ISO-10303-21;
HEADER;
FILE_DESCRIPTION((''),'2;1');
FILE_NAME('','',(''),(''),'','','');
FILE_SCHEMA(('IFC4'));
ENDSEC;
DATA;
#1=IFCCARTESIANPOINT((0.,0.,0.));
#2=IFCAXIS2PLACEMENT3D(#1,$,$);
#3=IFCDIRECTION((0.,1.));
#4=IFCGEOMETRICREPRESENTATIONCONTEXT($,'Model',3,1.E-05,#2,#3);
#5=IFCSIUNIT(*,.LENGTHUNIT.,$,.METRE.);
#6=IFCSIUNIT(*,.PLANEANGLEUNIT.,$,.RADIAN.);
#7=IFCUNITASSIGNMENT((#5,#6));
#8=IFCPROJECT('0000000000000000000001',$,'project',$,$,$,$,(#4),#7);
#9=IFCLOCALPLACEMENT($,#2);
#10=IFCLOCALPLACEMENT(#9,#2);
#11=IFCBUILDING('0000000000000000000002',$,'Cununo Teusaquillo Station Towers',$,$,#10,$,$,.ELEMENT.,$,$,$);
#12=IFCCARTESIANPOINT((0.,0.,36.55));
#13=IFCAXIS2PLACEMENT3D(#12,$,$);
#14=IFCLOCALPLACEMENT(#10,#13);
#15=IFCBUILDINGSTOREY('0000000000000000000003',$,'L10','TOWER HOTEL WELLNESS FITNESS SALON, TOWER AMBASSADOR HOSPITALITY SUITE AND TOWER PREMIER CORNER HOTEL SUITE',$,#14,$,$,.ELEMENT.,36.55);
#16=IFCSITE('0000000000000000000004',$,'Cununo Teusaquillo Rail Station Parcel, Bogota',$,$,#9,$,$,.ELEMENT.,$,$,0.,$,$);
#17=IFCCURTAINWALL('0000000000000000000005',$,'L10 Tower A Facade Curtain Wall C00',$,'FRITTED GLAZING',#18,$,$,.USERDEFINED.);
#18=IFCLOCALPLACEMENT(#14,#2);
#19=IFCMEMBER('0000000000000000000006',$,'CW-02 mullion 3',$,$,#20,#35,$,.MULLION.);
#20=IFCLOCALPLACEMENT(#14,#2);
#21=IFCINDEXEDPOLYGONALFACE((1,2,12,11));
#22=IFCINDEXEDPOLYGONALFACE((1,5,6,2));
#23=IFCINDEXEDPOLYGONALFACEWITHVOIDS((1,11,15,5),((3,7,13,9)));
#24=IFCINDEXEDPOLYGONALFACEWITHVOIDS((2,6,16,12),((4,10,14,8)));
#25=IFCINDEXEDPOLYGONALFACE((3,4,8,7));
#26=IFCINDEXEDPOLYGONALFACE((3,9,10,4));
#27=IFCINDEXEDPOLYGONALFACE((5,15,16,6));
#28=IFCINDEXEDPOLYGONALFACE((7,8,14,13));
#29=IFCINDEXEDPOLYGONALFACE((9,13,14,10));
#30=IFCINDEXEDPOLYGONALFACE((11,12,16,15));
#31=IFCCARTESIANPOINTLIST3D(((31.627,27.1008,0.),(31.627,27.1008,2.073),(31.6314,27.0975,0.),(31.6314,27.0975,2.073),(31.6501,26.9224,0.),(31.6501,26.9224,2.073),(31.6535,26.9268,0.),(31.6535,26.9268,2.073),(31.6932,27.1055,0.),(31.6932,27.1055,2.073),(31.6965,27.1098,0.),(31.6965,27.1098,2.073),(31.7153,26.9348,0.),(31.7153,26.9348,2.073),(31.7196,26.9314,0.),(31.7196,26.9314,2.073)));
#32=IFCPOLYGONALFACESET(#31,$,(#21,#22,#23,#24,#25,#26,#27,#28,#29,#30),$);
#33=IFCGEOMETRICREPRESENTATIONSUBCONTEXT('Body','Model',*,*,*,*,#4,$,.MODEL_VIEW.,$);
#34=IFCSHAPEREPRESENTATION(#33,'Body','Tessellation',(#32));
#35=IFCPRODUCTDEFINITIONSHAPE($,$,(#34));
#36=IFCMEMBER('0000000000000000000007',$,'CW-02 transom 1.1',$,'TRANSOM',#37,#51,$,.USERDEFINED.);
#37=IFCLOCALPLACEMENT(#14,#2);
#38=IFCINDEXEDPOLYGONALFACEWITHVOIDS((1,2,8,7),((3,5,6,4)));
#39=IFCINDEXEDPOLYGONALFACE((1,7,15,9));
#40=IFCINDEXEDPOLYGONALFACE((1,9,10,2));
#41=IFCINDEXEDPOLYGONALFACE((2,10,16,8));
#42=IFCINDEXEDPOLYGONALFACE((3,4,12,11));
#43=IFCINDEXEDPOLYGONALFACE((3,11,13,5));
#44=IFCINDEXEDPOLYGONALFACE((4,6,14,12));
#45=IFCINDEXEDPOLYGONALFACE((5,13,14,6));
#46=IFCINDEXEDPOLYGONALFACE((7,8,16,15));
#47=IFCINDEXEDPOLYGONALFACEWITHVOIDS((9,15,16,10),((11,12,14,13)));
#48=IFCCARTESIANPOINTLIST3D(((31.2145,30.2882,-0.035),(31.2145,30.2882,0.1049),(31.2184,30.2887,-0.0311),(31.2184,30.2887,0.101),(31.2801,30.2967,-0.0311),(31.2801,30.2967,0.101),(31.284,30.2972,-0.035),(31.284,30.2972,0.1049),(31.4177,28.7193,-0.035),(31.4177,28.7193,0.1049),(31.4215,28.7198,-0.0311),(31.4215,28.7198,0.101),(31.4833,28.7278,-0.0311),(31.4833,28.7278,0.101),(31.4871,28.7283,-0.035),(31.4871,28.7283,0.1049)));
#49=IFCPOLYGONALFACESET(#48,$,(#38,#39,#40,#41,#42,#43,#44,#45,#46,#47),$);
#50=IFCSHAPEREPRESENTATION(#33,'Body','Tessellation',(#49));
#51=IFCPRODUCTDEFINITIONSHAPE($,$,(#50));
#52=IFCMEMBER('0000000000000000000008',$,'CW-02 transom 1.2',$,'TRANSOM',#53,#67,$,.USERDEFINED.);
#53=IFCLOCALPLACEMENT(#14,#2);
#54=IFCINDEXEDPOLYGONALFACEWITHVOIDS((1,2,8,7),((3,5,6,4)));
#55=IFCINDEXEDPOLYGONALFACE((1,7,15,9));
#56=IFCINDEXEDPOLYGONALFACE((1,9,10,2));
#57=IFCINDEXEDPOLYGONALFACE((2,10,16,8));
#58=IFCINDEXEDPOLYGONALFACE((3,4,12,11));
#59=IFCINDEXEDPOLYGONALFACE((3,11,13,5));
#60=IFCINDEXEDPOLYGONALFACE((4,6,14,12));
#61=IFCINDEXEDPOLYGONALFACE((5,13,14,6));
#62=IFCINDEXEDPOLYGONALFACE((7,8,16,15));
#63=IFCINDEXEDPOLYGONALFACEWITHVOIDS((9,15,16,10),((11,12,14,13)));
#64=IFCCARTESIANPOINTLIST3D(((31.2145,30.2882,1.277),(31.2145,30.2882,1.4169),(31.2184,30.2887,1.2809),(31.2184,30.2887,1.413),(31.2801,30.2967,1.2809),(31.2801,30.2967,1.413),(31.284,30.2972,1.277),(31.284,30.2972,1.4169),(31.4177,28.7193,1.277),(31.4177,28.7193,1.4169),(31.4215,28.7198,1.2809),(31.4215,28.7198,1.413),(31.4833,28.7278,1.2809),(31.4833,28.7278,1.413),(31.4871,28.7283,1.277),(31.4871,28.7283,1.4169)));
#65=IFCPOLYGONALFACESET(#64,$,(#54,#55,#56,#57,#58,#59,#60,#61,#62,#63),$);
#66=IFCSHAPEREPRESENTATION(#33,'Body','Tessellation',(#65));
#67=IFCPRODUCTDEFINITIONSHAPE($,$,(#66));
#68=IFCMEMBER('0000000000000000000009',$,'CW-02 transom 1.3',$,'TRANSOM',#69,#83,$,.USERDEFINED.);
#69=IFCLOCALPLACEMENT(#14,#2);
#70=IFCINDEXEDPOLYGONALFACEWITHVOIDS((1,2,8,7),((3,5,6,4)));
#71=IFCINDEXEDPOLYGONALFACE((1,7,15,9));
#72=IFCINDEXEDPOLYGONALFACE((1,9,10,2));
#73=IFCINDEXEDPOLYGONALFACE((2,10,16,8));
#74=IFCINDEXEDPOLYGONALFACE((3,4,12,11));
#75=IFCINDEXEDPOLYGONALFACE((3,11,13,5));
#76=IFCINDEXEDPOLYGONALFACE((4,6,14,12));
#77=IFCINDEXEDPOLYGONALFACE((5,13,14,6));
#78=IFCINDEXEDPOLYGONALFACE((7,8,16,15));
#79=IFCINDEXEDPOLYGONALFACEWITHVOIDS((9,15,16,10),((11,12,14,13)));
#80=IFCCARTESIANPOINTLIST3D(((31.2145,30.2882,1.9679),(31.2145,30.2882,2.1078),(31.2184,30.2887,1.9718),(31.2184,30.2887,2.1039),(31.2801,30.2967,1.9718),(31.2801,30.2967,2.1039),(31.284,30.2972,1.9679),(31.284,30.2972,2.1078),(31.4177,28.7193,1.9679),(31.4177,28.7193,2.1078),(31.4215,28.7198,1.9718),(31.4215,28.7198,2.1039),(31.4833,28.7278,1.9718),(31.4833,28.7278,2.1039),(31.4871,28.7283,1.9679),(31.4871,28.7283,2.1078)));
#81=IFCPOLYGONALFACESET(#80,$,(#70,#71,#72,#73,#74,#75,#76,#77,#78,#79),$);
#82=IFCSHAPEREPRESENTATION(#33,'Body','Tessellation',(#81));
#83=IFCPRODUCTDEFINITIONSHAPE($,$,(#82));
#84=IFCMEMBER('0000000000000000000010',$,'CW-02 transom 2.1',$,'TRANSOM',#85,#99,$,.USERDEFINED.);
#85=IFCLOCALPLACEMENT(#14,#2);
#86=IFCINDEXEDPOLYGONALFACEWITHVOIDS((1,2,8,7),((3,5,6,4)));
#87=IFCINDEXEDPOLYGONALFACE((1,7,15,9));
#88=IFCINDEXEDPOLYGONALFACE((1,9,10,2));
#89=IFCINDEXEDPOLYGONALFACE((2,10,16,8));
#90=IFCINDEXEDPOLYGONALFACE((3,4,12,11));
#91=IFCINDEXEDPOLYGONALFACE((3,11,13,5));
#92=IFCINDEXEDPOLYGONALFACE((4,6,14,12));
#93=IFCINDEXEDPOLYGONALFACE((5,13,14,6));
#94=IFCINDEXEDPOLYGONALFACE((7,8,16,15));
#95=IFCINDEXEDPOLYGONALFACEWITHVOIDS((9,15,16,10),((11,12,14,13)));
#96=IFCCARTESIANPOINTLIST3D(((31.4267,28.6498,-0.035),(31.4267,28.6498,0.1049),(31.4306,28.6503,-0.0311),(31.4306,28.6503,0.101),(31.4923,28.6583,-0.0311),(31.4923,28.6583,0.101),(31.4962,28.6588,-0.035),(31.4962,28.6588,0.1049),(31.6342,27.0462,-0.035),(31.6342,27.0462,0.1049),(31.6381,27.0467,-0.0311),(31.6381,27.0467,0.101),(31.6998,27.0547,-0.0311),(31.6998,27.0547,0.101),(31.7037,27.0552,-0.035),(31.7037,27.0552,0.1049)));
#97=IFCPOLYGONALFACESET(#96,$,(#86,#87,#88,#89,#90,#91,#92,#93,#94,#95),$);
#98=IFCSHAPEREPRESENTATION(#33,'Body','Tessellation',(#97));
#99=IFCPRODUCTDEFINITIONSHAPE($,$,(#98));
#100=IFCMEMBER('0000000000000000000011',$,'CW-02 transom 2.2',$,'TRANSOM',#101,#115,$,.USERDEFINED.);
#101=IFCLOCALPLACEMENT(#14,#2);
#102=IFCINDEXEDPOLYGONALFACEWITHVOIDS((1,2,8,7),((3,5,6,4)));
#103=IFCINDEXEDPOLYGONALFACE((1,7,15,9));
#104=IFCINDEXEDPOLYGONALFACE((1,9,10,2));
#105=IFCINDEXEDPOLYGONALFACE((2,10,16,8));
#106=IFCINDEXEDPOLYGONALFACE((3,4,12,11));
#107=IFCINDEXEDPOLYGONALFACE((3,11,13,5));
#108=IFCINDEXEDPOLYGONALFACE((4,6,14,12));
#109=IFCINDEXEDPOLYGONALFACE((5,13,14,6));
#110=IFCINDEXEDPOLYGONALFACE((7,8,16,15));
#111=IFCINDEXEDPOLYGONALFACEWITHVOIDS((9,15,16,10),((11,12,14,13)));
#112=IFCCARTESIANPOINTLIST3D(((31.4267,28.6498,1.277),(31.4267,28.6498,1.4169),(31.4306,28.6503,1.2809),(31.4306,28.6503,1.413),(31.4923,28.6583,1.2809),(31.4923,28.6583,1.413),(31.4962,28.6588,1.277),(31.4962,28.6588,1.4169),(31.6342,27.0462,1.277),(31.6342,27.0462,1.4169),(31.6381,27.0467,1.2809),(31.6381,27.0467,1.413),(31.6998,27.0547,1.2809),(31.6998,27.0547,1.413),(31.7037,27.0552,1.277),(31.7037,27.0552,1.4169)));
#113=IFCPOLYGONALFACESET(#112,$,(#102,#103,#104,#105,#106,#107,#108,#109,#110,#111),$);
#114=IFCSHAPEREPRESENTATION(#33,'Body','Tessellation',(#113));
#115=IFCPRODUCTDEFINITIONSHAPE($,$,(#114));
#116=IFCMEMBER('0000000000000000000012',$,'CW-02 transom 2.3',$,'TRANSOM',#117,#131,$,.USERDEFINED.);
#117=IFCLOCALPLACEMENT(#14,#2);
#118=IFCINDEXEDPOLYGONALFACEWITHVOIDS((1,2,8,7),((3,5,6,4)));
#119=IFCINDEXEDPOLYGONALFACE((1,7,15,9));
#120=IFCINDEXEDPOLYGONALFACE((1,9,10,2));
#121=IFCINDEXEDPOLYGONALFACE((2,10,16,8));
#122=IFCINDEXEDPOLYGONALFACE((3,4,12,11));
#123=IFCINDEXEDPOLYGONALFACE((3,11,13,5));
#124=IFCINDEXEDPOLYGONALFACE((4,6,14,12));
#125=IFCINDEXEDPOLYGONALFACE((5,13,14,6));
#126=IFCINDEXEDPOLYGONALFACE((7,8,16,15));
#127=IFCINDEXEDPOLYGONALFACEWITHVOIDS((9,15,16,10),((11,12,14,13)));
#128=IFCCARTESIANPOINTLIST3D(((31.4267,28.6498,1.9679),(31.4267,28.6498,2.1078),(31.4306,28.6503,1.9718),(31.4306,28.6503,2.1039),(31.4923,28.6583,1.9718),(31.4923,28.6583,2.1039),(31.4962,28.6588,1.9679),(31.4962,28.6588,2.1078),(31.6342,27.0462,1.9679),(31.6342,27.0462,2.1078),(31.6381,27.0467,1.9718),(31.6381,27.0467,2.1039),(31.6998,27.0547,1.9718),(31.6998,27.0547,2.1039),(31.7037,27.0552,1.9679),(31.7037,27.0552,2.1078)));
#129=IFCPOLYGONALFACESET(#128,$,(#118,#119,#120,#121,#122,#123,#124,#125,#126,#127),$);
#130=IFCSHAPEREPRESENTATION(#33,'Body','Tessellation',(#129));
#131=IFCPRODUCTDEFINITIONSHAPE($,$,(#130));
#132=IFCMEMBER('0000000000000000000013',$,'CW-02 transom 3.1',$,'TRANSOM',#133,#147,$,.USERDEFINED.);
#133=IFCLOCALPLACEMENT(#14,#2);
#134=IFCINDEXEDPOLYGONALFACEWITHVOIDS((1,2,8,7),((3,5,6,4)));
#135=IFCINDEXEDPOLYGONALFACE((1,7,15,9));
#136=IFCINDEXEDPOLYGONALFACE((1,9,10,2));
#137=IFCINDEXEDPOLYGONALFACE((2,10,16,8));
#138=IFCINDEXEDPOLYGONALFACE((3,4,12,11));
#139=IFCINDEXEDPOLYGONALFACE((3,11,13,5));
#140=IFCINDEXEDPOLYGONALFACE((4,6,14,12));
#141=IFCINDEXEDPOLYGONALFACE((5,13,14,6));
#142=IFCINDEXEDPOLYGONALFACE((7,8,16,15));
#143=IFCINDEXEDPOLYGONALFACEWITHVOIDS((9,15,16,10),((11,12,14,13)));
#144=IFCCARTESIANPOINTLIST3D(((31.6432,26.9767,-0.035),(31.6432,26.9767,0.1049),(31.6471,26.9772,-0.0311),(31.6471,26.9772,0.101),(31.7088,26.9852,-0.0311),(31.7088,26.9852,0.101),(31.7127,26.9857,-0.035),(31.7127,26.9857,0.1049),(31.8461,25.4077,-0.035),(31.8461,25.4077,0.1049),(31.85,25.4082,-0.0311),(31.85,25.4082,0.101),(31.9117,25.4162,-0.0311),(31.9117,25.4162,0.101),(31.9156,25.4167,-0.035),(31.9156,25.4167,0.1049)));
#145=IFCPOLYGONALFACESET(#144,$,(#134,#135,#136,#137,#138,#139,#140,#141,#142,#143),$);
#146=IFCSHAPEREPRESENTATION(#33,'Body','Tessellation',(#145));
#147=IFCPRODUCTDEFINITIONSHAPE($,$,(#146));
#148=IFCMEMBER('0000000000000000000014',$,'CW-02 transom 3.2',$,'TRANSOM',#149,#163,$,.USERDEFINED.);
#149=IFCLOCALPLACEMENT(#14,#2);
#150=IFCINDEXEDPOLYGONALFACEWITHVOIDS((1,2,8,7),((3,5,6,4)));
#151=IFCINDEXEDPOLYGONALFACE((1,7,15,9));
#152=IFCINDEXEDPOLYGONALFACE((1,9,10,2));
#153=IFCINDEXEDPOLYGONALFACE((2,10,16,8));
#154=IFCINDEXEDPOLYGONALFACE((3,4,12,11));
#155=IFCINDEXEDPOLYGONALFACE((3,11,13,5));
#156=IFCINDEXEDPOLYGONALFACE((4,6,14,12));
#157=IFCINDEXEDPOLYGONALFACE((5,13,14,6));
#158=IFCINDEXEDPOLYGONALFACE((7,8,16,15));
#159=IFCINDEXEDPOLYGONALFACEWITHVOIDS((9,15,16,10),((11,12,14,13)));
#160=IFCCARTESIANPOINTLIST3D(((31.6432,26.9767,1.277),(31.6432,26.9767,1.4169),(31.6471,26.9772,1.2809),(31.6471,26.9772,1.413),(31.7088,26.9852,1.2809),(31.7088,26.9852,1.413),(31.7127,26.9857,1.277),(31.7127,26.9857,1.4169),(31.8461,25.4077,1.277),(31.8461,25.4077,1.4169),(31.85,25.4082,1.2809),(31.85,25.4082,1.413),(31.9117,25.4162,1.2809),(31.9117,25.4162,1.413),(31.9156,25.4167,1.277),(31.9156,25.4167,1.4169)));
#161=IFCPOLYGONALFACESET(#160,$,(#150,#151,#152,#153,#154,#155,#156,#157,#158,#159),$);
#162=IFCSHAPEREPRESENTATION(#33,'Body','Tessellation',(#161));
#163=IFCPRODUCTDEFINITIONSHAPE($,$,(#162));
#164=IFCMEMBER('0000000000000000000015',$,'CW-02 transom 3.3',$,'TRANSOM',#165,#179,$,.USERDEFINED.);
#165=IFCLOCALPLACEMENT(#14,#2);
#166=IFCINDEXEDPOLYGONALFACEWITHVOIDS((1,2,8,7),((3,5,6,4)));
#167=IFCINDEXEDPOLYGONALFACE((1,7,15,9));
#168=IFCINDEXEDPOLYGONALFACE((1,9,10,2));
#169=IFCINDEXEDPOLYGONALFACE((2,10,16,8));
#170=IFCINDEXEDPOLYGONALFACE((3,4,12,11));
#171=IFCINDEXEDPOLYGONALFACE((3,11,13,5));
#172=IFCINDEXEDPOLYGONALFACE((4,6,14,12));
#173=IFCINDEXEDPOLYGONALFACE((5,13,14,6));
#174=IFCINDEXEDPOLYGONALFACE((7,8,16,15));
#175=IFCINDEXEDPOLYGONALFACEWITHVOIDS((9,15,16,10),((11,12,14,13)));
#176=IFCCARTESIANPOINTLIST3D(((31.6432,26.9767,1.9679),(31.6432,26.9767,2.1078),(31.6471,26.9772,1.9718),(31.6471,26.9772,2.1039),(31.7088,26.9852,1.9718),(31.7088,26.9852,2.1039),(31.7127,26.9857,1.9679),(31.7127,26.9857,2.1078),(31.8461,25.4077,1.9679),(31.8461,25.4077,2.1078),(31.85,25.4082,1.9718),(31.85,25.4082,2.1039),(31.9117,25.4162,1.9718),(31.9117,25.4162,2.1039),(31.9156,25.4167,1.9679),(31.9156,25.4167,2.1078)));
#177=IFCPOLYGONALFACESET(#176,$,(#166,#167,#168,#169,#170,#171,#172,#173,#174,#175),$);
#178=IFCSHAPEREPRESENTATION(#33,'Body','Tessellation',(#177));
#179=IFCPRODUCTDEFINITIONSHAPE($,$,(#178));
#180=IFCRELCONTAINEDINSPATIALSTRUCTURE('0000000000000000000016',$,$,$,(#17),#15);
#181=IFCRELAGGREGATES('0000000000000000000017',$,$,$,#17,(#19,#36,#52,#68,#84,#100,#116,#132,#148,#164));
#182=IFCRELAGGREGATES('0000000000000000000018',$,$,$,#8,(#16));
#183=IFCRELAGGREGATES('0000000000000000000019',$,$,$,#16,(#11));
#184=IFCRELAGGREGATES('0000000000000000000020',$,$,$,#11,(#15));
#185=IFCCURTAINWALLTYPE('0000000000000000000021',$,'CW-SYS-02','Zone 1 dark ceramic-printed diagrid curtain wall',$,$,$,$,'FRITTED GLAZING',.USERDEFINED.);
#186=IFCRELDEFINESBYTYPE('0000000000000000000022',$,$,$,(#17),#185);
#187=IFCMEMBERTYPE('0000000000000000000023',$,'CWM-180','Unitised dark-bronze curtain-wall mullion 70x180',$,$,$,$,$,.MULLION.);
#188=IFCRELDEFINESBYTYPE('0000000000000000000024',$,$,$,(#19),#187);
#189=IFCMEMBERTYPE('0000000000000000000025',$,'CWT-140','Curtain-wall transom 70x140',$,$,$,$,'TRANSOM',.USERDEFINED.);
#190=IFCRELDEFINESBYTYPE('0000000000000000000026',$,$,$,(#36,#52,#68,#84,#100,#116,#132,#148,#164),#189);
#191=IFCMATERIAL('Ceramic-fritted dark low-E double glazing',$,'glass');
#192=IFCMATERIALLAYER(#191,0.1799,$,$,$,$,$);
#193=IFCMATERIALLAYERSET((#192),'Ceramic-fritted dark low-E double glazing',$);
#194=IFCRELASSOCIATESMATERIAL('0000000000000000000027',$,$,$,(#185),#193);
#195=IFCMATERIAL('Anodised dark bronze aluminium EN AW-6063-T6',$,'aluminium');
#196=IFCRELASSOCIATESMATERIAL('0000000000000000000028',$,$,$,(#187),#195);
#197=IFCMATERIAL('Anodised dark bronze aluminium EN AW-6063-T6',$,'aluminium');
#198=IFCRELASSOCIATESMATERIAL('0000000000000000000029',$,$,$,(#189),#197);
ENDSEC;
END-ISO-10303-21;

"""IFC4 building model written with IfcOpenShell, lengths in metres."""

from ifc_helpers import new_model, si_unit, direction, frame, origin, origin_2d, place, context, subcontext, project, spatial, hollow_rectangle, extrude, material, layer, layer_set, material_profile, profile_set, type_object, element, aggregate, save


model = new_model("IFC4")

# Units and contexts
model_context = context("Model", 3, precision=1e-05, world=origin(), true_north=direction((0.0, 1.0)))
body_context = subcontext(model_context, "Body", "Model", "MODEL_VIEW")
ifc_project = project(units=[si_unit("LENGTHUNIT", "METRE"), si_unit("PLANEANGLEUNIT", "RADIAN")], contexts=[model_context])

# Site, building, storey
site_placement = place(None, origin())
site = spatial("IfcSite", under=ifc_project, at=site_placement, Name="Cununo Teusaquillo Rail Station Parcel, Bogota", CompositionType="ELEMENT", RefElevation=0.0)
building_placement = place(site_placement, origin())
building = spatial("IfcBuilding", under=site, at=building_placement, Name="Cununo Teusaquillo Station Towers", CompositionType="ELEMENT")
storey_placement = place(building_placement, frame((0.0, 0.0, 36.55)))
storey = spatial("IfcBuildingStorey", under=building, at=storey_placement, Name="L10", Description="TOWER HOTEL WELLNESS FITNESS SALON, TOWER AMBASSADOR HOSPITALITY SUITE AND TOWER PREMIER CORNER HOTEL SUITE", CompositionType="ELEMENT", Elevation=36.55)

# Curtain wall, members
ifc_material_1 = material(Name="Ceramic-fritted dark low-E double glazing", Category="glass")
ifc_layer_1 = layer(ifc_material_1, 0.1799)
ifc_layer_set_1 = layer_set([ifc_layer_1], Name="Ceramic-fritted dark low-E double glazing")
curtain_wall_type = type_object("IfcCurtainWallType", Name="CW-SYS-02", Description="Zone 1 dark ceramic-printed diagrid curtain wall", ElementType="FRITTED GLAZING", PredefinedType="USERDEFINED", material=ifc_layer_set_1)
curtain_wall_placement = place(storey_placement, origin())
curtain_wall = element("IfcCurtainWall", 1, at=curtain_wall_placement, inside=storey, type_object=curtain_wall_type, Name="L10 Tower A Facade Curtain Wall C00", ObjectType="FRITTED GLAZING", PredefinedType="USERDEFINED")
ifc_material_2 = material(Name="Anodised dark bronze aluminium EN AW-6063-T6", Category="aluminium")
ifc_material_profile_1 = material_profile(ifc_material_2, hollow_rectangle(XDim=0.0701, YDim=0.1799, WallThickness=0.0039, at=origin_2d()), Name="CW-MULL-70x180")
ifc_profile_set_1 = profile_set([ifc_material_profile_1], Name="Anodised dark bronze aluminium EN AW-6063-T6")
member_type_1 = type_object("IfcMemberType", Name="CWM-180", Description="Unitised dark-bronze curtain-wall mullion 70x180", PredefinedType="MULLION", material=ifc_profile_set_1)
member_1_placement = place(storey_placement, frame((31.6733, 27.0161, 0.0), z_axis=(0.0, 0.0, 1.0), x_axis=(0.991731, 0.128336, 0.0)))
member_1 = element("IfcMember", 2, at=member_1_placement, type_object=member_type_1, Name="CW-02 mullion 3", PredefinedType="MULLION", context=body_context, shape_type="SweptSolid", body=[
    extrude(hollow_rectangle(XDim=0.0701, YDim=0.1799, WallThickness=0.0039, at=origin_2d()), origin(), (0.0, 0.0, 1.0), 2.073),
])
ifc_material_3 = material(Name="Anodised dark bronze aluminium EN AW-6063-T6", Category="aluminium")
ifc_material_profile_2 = material_profile(ifc_material_3, hollow_rectangle(XDim=0.0701, YDim=0.1399, WallThickness=0.0039, at=origin_2d()), Name="CW-TRAN-70x140")
ifc_profile_set_2 = profile_set([ifc_material_profile_2], Name="Anodised dark bronze aluminium EN AW-6063-T6")
member_type_2 = type_object("IfcMemberType", Name="CWT-140", Description="Curtain-wall transom 70x140", ElementType="TRANSOM", PredefinedType="USERDEFINED", material=ifc_profile_set_2)
member_2_placement = place(storey_placement, frame((31.2493, 30.2927, 0.0349), z_axis=(0.128402, -0.991722, 0.0), x_axis=(0.991722, 0.128402, 0.0)))
member_2 = element("IfcMember", 3, at=member_2_placement, type_object=member_type_2, Name="CW-02 transom 1.1", ObjectType="TRANSOM", PredefinedType="USERDEFINED", context=body_context, shape_type="SweptSolid", body=[
    extrude(hollow_rectangle(XDim=0.0701, YDim=0.1399, WallThickness=0.0039, at=origin_2d()), origin(), (0.0, 0.0, 1.0), 1.582),
])
member_3_placement = place(storey_placement, frame((31.2493, 30.2927, 1.3469), z_axis=(0.128402, -0.991722, 0.0), x_axis=(0.991722, 0.128402, 0.0)))
member_3 = element("IfcMember", 4, at=member_3_placement, type_object=member_type_2, Name="CW-02 transom 1.2", ObjectType="TRANSOM", PredefinedType="USERDEFINED", context=body_context, shape_type="SweptSolid", body=[
    extrude(hollow_rectangle(XDim=0.0701, YDim=0.1399, WallThickness=0.0039, at=origin_2d()), origin(), (0.0, 0.0, 1.0), 1.582),
])
member_4_placement = place(storey_placement, frame((31.2493, 30.2927, 2.0378), z_axis=(0.128402, -0.991722, 0.0), x_axis=(0.991722, 0.128402, 0.0)))
member_4 = element("IfcMember", 5, at=member_4_placement, type_object=member_type_2, Name="CW-02 transom 1.3", ObjectType="TRANSOM", PredefinedType="USERDEFINED", context=body_context, shape_type="SweptSolid", body=[
    extrude(hollow_rectangle(XDim=0.0701, YDim=0.1399, WallThickness=0.0039, at=origin_2d()), origin(), (0.0, 0.0, 1.0), 1.582),
])
member_5_placement = place(storey_placement, frame((31.4614, 28.6543, 0.0349), z_axis=(0.128345, -0.99173, 0.0), x_axis=(0.99173, 0.128345, 0.0)))
member_5 = element("IfcMember", 6, at=member_5_placement, type_object=member_type_2, Name="CW-02 transom 2.1", ObjectType="TRANSOM", PredefinedType="USERDEFINED", context=body_context, shape_type="SweptSolid", body=[
    extrude(hollow_rectangle(XDim=0.0701, YDim=0.1399, WallThickness=0.0039, at=origin_2d()), origin(), (0.0, 0.0, 1.0), 1.6169),
])
member_6_placement = place(storey_placement, frame((31.4614, 28.6543, 1.3469), z_axis=(0.128345, -0.99173, 0.0), x_axis=(0.99173, 0.128345, 0.0)))
member_6 = element("IfcMember", 7, at=member_6_placement, type_object=member_type_2, Name="CW-02 transom 2.2", ObjectType="TRANSOM", PredefinedType="USERDEFINED", context=body_context, shape_type="SweptSolid", body=[
    extrude(hollow_rectangle(XDim=0.0701, YDim=0.1399, WallThickness=0.0039, at=origin_2d()), origin(), (0.0, 0.0, 1.0), 1.6169),
])
member_7_placement = place(storey_placement, frame((31.4614, 28.6543, 2.0378), z_axis=(0.128345, -0.99173, 0.0), x_axis=(0.99173, 0.128345, 0.0)))
member_7 = element("IfcMember", 8, at=member_7_placement, type_object=member_type_2, Name="CW-02 transom 2.3", ObjectType="TRANSOM", PredefinedType="USERDEFINED", context=body_context, shape_type="SweptSolid", body=[
    extrude(hollow_rectangle(XDim=0.0701, YDim=0.1399, WallThickness=0.0039, at=origin_2d()), origin(), (0.0, 0.0, 1.0), 1.6169),
])
member_8_placement = place(storey_placement, frame((31.678, 26.9812, 0.0349), z_axis=(0.12825, -0.991742, 0.0), x_axis=(0.991742, 0.12825, 0.0)))
member_8 = element("IfcMember", 9, at=member_8_placement, type_object=member_type_2, Name="CW-02 transom 3.1", ObjectType="TRANSOM", PredefinedType="USERDEFINED", context=body_context, shape_type="SweptSolid", body=[
    extrude(hollow_rectangle(XDim=0.0701, YDim=0.1399, WallThickness=0.0039, at=origin_2d()), origin(), (0.0, 0.0, 1.0), 1.582),
])
member_9_placement = place(storey_placement, frame((31.678, 26.9812, 1.3469), z_axis=(0.12825, -0.991742, 0.0), x_axis=(0.991742, 0.12825, 0.0)))
member_9 = element("IfcMember", 10, at=member_9_placement, type_object=member_type_2, Name="CW-02 transom 3.2", ObjectType="TRANSOM", PredefinedType="USERDEFINED", context=body_context, shape_type="SweptSolid", body=[
    extrude(hollow_rectangle(XDim=0.0701, YDim=0.1399, WallThickness=0.0039, at=origin_2d()), origin(), (0.0, 0.0, 1.0), 1.582),
])
member_10_placement = place(storey_placement, frame((31.678, 26.9812, 2.0378), z_axis=(0.12825, -0.991742, 0.0), x_axis=(0.991742, 0.12825, 0.0)))
member_10 = element("IfcMember", 11, at=member_10_placement, type_object=member_type_2, Name="CW-02 transom 3.3", ObjectType="TRANSOM", PredefinedType="USERDEFINED", context=body_context, shape_type="SweptSolid", body=[
    extrude(hollow_rectangle(XDim=0.0701, YDim=0.1399, WallThickness=0.0039, at=origin_2d()), origin(), (0.0, 0.0, 1.0), 1.582),
])
aggregate(curtain_wall, [member_1, member_2, member_3, member_4, member_5, member_6, member_7, member_8, member_9, member_10])

save(model, "model.ifc")
